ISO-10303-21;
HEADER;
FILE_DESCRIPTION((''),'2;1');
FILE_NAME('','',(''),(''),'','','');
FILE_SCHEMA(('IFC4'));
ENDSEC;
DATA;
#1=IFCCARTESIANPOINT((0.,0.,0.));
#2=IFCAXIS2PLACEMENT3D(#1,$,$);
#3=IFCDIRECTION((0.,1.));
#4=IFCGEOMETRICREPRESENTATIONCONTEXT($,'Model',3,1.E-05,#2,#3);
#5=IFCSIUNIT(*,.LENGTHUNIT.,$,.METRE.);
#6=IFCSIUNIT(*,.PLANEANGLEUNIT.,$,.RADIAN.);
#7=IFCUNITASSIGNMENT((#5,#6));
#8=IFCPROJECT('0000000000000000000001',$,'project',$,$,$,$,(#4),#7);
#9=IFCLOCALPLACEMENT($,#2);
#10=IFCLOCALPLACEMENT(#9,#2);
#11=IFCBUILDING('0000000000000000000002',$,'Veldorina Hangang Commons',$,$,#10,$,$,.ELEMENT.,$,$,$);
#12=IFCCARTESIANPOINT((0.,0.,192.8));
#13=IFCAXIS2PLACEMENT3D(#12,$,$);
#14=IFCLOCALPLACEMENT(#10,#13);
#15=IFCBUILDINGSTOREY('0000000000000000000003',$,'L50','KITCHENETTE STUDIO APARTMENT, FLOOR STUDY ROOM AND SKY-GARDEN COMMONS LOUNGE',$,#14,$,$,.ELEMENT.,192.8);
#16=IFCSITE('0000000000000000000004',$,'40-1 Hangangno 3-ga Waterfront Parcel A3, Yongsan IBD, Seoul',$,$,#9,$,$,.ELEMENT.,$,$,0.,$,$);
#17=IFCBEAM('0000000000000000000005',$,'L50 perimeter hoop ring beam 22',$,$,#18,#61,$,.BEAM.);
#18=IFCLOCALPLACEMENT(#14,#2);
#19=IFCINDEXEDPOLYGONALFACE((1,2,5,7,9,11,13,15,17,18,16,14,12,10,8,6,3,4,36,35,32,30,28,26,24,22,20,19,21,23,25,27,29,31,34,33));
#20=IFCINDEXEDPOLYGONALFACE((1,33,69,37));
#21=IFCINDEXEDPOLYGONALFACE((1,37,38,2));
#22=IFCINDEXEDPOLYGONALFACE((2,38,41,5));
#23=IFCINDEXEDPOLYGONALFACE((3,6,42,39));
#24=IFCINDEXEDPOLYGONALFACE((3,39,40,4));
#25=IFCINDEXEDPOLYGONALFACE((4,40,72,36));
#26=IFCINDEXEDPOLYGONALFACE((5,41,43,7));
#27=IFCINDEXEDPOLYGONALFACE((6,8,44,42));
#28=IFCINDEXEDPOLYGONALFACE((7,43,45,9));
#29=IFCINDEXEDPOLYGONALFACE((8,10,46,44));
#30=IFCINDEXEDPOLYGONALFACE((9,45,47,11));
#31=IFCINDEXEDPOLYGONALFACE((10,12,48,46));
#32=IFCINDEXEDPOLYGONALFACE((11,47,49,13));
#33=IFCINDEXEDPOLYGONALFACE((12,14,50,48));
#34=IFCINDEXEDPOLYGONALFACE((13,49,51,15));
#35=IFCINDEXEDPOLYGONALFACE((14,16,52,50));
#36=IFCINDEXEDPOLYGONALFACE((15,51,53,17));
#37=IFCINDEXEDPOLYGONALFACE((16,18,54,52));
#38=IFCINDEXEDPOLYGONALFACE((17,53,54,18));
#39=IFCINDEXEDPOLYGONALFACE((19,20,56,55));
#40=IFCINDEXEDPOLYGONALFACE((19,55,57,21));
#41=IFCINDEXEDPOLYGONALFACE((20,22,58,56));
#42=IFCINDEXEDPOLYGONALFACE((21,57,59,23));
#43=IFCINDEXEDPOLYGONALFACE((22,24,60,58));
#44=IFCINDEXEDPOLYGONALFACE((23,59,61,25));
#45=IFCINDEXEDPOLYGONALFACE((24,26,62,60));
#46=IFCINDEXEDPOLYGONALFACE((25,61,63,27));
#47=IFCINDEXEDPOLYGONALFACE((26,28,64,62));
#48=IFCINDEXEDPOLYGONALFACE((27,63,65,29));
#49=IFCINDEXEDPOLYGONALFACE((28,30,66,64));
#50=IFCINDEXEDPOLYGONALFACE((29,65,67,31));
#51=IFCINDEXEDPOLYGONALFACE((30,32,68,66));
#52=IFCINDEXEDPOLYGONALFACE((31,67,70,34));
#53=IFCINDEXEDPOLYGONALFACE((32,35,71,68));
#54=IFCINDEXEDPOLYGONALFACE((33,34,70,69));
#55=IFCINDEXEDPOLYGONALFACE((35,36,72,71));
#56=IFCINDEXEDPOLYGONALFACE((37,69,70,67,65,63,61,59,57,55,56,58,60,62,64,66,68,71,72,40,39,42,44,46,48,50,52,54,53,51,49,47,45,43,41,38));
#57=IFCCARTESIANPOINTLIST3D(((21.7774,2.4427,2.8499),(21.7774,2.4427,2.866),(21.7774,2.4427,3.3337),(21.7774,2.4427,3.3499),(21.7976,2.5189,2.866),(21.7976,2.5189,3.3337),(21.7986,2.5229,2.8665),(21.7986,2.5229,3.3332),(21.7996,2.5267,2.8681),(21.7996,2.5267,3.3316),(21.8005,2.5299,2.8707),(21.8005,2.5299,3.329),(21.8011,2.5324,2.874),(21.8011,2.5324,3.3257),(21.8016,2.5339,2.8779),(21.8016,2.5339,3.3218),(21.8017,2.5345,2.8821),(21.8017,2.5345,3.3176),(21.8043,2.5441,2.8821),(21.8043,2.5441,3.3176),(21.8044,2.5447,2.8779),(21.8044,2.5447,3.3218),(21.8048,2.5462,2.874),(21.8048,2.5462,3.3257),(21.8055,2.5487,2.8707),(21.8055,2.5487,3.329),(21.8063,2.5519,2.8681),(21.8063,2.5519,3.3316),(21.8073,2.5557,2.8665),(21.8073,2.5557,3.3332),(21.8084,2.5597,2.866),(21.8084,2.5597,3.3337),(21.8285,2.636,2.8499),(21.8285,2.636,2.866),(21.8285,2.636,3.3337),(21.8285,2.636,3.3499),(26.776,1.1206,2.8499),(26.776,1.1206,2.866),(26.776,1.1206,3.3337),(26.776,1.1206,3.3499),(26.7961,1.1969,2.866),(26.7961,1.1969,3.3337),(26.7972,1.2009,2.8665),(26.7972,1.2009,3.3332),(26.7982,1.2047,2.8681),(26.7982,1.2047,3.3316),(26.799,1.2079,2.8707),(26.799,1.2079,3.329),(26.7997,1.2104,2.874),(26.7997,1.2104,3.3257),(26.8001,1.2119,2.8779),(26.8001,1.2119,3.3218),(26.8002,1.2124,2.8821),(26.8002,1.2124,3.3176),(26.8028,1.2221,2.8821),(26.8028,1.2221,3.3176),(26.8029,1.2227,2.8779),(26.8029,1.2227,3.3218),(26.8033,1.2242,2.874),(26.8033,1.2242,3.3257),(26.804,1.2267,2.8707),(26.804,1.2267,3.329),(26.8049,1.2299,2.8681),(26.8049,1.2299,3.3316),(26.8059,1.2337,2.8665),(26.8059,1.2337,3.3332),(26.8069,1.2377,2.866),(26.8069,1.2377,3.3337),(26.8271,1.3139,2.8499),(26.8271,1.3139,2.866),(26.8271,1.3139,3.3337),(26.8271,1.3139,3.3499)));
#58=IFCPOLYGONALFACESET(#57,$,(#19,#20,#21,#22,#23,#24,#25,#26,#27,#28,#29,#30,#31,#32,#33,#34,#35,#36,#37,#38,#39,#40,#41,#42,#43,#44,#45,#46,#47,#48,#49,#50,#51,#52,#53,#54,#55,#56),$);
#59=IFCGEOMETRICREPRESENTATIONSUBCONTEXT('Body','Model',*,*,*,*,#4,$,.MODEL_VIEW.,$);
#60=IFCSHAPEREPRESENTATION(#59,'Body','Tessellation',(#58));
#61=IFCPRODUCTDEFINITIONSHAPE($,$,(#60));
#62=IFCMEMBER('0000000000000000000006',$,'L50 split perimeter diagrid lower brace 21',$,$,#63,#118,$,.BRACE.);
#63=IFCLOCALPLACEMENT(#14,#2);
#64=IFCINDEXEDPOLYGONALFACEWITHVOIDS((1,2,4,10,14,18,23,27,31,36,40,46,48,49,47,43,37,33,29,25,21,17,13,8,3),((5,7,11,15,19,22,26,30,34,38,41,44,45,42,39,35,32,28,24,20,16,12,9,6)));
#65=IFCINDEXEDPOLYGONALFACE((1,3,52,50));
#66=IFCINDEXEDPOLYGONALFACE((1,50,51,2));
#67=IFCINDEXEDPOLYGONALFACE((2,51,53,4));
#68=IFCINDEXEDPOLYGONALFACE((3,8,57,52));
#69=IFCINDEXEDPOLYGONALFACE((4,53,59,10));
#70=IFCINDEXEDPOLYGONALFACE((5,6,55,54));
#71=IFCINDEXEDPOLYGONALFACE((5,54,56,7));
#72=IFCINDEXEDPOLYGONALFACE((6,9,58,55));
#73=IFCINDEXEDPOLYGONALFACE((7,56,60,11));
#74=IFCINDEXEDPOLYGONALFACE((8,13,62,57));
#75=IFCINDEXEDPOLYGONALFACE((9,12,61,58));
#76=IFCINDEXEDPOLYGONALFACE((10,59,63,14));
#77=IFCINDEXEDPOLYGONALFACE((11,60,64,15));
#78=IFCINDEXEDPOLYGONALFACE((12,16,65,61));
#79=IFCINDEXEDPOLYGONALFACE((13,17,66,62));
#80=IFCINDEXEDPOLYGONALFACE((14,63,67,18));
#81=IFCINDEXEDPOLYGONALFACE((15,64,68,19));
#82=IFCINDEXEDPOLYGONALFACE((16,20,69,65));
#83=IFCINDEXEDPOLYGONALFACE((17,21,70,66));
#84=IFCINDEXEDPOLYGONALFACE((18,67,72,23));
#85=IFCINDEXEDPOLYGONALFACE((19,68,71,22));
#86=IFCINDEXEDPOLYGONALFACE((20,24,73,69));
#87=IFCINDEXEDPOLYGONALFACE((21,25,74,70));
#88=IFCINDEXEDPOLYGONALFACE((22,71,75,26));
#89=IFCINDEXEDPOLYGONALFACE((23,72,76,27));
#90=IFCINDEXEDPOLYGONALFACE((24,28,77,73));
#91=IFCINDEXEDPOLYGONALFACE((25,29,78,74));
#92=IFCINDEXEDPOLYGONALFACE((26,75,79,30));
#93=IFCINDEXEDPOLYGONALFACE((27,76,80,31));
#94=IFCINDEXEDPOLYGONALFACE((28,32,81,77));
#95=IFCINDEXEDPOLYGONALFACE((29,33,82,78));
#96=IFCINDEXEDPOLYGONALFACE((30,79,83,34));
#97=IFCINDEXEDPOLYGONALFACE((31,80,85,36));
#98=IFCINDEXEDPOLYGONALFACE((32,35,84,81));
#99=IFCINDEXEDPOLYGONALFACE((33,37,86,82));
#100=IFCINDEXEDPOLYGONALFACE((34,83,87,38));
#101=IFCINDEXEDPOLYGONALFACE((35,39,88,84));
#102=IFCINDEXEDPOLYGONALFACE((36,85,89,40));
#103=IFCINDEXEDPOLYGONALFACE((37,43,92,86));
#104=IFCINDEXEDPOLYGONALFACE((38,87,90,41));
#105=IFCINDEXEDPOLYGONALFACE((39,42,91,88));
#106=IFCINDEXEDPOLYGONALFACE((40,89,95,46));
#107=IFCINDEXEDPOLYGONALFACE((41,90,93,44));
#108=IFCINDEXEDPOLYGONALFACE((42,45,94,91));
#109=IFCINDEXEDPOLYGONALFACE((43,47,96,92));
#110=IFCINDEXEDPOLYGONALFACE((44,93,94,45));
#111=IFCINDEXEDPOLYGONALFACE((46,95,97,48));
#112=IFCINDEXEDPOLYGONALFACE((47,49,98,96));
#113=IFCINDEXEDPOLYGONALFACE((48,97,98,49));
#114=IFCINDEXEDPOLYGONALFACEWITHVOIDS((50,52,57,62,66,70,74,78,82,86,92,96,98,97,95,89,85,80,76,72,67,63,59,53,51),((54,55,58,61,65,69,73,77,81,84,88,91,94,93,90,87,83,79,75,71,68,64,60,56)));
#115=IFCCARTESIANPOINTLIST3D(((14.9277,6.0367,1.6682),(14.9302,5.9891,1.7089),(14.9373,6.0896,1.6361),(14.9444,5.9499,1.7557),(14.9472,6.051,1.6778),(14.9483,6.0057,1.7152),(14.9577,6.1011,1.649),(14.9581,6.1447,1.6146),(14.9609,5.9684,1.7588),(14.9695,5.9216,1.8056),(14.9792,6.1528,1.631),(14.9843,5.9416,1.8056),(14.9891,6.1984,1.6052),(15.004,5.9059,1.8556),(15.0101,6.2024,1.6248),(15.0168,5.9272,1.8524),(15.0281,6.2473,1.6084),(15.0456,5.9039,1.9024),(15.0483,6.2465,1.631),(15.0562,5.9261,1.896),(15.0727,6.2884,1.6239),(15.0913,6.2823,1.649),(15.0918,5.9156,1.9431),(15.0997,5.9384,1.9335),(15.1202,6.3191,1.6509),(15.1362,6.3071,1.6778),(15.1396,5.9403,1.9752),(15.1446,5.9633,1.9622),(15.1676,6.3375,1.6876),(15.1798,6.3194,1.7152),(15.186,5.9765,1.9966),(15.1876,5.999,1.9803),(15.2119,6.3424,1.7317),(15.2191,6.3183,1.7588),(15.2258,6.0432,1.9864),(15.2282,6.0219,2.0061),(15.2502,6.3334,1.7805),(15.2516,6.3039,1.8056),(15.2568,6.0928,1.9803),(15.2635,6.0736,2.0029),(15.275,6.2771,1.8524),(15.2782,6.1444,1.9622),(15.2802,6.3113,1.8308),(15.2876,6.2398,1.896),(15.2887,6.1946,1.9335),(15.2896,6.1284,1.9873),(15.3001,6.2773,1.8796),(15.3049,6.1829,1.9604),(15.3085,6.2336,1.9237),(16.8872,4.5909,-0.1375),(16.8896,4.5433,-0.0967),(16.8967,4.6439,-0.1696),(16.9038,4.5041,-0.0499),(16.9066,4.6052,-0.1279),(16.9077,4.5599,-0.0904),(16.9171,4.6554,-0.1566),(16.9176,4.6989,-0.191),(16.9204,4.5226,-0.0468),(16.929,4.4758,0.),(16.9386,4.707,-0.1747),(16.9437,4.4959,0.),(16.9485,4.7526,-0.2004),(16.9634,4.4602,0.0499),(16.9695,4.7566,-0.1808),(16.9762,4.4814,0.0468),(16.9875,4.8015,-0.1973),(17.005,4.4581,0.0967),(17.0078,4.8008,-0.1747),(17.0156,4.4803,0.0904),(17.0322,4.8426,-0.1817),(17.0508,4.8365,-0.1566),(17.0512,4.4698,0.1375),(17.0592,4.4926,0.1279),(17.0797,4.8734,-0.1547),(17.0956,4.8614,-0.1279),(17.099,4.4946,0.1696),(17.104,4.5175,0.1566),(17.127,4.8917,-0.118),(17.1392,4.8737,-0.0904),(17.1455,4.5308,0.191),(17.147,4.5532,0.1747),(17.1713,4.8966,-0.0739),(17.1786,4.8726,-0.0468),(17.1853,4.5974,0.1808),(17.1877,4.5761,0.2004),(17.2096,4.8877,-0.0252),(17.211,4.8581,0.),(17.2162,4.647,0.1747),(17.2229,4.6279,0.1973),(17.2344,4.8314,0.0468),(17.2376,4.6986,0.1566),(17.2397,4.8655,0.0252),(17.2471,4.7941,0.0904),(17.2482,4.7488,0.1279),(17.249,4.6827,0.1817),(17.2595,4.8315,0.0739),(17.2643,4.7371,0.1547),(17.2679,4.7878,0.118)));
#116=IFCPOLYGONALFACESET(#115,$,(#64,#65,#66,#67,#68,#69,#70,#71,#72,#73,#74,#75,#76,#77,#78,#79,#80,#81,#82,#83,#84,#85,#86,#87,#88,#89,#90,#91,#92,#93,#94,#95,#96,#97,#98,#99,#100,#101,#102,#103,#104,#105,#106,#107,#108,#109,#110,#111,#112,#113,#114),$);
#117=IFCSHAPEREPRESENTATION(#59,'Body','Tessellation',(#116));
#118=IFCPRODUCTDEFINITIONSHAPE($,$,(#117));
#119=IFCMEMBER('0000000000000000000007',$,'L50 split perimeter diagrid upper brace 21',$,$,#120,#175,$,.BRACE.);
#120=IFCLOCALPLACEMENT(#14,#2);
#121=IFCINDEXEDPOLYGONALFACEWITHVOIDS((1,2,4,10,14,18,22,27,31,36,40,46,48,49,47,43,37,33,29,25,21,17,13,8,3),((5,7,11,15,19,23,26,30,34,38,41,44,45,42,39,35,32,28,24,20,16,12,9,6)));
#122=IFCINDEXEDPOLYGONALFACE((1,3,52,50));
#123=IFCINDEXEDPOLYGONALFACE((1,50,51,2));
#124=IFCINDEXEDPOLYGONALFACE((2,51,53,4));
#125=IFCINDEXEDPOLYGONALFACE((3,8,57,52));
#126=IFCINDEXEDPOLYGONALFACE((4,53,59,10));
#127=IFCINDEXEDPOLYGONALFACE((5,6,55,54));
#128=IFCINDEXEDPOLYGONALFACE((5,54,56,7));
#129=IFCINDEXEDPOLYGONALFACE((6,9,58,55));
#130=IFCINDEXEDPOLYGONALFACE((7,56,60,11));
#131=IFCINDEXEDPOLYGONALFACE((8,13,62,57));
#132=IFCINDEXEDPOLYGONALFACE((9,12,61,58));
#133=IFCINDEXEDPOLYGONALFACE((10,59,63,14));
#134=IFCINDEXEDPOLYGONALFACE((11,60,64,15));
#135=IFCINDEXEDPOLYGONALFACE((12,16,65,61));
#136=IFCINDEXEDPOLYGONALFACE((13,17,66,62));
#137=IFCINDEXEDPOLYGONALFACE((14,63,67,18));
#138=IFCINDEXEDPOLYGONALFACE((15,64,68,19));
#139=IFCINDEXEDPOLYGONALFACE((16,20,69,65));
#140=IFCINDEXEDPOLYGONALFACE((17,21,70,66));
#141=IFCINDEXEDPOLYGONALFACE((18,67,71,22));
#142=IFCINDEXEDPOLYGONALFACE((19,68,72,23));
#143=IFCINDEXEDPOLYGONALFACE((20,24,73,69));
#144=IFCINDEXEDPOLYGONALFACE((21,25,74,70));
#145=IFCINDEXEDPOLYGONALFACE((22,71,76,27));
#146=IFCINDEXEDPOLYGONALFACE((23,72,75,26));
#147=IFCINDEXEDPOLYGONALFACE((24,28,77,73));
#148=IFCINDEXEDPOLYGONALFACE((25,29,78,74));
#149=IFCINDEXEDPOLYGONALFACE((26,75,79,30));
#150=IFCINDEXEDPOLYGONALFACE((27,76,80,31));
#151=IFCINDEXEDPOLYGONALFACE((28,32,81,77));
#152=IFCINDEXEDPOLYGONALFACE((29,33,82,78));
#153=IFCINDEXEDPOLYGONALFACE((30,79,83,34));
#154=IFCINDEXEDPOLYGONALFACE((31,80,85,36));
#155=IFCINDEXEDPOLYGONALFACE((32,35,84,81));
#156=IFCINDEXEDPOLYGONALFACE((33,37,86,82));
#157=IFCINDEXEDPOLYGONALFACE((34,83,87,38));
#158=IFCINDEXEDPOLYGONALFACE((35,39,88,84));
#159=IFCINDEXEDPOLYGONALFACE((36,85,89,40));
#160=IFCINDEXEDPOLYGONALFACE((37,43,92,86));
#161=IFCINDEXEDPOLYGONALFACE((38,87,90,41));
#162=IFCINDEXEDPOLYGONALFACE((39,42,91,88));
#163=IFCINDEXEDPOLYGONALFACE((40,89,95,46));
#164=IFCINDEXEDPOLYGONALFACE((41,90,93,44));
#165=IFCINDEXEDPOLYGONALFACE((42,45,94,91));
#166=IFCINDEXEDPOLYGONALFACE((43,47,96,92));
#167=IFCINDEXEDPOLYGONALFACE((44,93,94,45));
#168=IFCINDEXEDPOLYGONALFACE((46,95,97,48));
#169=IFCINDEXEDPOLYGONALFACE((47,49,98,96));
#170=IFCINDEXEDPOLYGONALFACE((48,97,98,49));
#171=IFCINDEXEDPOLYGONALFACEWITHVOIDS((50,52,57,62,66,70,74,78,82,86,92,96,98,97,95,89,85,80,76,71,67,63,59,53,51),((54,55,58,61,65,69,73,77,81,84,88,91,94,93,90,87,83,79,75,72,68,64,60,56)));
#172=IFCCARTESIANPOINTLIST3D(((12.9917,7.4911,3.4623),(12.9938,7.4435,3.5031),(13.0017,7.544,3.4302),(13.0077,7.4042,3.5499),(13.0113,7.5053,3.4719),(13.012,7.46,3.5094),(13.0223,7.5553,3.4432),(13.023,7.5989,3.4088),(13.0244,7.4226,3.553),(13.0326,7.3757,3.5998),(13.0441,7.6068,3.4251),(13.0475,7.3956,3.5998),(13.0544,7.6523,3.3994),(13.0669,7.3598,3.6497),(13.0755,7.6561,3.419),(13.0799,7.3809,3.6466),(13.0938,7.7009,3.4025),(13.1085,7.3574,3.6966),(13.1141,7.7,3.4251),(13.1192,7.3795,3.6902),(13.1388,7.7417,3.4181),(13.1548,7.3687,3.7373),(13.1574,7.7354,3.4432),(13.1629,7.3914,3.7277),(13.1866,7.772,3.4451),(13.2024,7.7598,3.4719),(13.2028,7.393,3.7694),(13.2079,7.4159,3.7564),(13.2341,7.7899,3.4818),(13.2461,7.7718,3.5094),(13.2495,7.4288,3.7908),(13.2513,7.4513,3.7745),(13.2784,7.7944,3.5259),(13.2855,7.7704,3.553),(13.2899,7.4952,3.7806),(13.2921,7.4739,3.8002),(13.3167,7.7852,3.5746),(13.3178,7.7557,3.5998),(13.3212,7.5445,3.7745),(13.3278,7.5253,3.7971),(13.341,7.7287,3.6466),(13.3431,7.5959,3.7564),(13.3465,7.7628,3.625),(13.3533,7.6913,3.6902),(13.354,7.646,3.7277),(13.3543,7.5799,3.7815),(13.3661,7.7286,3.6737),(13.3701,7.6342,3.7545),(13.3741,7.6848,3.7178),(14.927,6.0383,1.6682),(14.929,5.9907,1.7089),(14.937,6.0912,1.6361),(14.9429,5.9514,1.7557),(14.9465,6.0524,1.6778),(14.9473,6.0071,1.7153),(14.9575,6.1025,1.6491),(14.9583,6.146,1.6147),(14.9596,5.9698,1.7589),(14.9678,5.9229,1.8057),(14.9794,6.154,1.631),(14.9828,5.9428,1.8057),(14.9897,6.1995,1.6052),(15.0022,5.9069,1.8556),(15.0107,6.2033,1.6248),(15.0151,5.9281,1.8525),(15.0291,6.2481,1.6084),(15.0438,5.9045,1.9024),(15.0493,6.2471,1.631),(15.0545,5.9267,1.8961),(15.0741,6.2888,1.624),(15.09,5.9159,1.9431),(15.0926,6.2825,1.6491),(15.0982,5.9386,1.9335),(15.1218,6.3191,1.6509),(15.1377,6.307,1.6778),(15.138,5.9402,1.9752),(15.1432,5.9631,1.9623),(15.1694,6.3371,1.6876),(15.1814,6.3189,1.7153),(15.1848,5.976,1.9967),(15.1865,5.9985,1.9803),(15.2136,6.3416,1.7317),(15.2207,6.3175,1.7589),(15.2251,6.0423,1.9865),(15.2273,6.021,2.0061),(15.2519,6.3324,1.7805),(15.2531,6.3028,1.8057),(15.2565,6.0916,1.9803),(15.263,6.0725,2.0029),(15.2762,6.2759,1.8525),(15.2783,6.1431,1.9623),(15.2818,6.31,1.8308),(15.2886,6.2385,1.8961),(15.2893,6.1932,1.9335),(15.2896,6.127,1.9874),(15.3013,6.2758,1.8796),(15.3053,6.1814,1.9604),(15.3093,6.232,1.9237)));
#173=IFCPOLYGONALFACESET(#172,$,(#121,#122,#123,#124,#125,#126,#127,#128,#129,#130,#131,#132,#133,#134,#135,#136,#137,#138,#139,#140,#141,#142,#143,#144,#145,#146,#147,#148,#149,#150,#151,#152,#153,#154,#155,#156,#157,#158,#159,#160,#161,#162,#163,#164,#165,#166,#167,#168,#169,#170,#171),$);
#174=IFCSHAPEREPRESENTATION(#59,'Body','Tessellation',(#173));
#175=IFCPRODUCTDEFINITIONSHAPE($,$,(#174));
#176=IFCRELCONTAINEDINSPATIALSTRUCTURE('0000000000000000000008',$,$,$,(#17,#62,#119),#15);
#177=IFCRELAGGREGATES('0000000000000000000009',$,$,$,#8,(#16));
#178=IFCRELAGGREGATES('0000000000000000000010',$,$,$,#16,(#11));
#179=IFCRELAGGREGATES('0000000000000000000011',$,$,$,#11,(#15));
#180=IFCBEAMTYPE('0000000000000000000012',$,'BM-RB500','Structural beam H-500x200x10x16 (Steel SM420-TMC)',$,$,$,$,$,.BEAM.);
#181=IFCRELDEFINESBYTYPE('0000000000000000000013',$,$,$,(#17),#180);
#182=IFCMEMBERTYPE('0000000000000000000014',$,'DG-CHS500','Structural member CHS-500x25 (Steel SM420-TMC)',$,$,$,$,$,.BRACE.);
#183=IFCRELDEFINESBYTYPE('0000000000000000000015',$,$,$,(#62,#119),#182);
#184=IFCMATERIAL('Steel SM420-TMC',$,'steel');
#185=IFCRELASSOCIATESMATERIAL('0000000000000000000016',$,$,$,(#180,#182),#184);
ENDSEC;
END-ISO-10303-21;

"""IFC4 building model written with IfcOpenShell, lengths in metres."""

from ifc_helpers import new_model, si_unit, direction, frame, origin, origin_2d, place, context, subcontext, project, spatial, hollow_circle, i_section, extrude, material, material_profile, profile_set, type_object, element, save


model = new_model("IFC4")

# Units and contexts
model_context = context("Model", 3, precision=1e-05, world=origin(), true_north=direction((0.0, 1.0)))
body_context = subcontext(model_context, "Body", "Model", "MODEL_VIEW")
ifc_project = project(units=[si_unit("LENGTHUNIT", "METRE"), si_unit("PLANEANGLEUNIT", "RADIAN")], contexts=[model_context])

# Site, building, storey
site_placement = place(None, origin())
site = spatial("IfcSite", under=ifc_project, at=site_placement, Name="40-1 Hangangno 3-ga Waterfront Parcel A3, Yongsan IBD, Seoul", CompositionType="ELEMENT", RefElevation=0.0)
building_placement = place(site_placement, origin())
building = spatial("IfcBuilding", under=site, at=building_placement, Name="Veldorina Hangang Commons", CompositionType="ELEMENT")
storey_placement = place(building_placement, frame((0.0, 0.0, 192.8)))
storey = spatial("IfcBuildingStorey", under=building, at=storey_placement, Name="L50", Description="KITCHENETTE STUDIO APARTMENT, FLOOR STUDY ROOM AND SKY-GARDEN COMMONS LOUNGE", CompositionType="ELEMENT", Elevation=192.8)

# Beam
ifc_material_1 = material(Name="Steel SM420-TMC", Category="steel")
ifc_material_profile_1 = material_profile(ifc_material_1, i_section(OverallWidth=0.2, OverallDepth=0.5, WebThickness=0.01, FlangeThickness=0.0161, FilletRadius=0.0161, at=origin_2d()), Name="H-500x200x10x16")
ifc_profile_set_1 = profile_set([ifc_material_profile_1], Name="Steel SM420-TMC")
beam_type_1 = type_object("IfcBeamType", Name="BM-RB500", Description="Structural beam H-500x200x10x16 (Steel SM420-TMC)", PredefinedType="BEAM", material=ifc_profile_set_1)
beam_1_placement = place(storey_placement, frame((21.803, 2.5393, 3.0999), z_axis=(0.966759, -0.25569, 0.0), x_axis=(0.25569, 0.966759, 0.0)))
element("IfcBeam", 1, at=beam_1_placement, inside=storey, type_object=beam_type_1, Name="L50 perimeter hoop ring beam 22", PredefinedType="BEAM", context=body_context, shape_type="SweptSolid", body=[
    extrude(i_section(OverallWidth=0.2, OverallDepth=0.5, WebThickness=0.01, FlangeThickness=0.0161, FilletRadius=0.0161, at=origin_2d()), origin(), (0.0, 0.0, 1.0), 5.1704),
])

# Members
ifc_material_profile_2 = material_profile(ifc_material_1, hollow_circle(Radius=0.25, WallThickness=0.0249, at=origin_2d()), Name="CHS-500x25")
ifc_profile_set_2 = profile_set([ifc_material_profile_2], Name="Steel SM420-TMC")
member_type = type_object("IfcMemberType", Name="DG-CHS500", Description="Structural member CHS-500x25 (Steel SM420-TMC)", PredefinedType="BRACE", material=ifc_profile_set_2)
member_1_placement = place(storey_placement, frame((17.0774, 4.677, 0.0), z_axis=(-0.64636, 0.476918, 0.595624), x_axis=(-0.593726, -0.804668, 0.0)))
element("IfcMember", 2, at=member_1_placement, inside=storey, type_object=member_type, Name="L50 split perimeter diagrid lower brace 21", PredefinedType="BRACE", context=body_context, shape_type="SweptSolid", body=[
    extrude(hollow_circle(Radius=0.25, WallThickness=0.0249, at=origin_2d()), origin(), (0.0, 0.0, 1.0), 3.0315),
])
member_2_placement = place(storey_placement, frame((15.1179, 6.1228, 1.8057), z_axis=(-0.642416, 0.482278, 0.595574), x_axis=(-0.600371, -0.799721, 0.0)))
element("IfcMember", 3, at=member_2_placement, inside=storey, type_object=member_type, Name="L50 split perimeter diagrid upper brace 21", PredefinedType="BRACE", context=body_context, shape_type="SweptSolid", body=[
    extrude(hollow_circle(Radius=0.25, WallThickness=0.0249, at=origin_2d()), origin(), (0.0, 0.0, 1.0), 3.0125),
])

save(model, "model.ifc")
